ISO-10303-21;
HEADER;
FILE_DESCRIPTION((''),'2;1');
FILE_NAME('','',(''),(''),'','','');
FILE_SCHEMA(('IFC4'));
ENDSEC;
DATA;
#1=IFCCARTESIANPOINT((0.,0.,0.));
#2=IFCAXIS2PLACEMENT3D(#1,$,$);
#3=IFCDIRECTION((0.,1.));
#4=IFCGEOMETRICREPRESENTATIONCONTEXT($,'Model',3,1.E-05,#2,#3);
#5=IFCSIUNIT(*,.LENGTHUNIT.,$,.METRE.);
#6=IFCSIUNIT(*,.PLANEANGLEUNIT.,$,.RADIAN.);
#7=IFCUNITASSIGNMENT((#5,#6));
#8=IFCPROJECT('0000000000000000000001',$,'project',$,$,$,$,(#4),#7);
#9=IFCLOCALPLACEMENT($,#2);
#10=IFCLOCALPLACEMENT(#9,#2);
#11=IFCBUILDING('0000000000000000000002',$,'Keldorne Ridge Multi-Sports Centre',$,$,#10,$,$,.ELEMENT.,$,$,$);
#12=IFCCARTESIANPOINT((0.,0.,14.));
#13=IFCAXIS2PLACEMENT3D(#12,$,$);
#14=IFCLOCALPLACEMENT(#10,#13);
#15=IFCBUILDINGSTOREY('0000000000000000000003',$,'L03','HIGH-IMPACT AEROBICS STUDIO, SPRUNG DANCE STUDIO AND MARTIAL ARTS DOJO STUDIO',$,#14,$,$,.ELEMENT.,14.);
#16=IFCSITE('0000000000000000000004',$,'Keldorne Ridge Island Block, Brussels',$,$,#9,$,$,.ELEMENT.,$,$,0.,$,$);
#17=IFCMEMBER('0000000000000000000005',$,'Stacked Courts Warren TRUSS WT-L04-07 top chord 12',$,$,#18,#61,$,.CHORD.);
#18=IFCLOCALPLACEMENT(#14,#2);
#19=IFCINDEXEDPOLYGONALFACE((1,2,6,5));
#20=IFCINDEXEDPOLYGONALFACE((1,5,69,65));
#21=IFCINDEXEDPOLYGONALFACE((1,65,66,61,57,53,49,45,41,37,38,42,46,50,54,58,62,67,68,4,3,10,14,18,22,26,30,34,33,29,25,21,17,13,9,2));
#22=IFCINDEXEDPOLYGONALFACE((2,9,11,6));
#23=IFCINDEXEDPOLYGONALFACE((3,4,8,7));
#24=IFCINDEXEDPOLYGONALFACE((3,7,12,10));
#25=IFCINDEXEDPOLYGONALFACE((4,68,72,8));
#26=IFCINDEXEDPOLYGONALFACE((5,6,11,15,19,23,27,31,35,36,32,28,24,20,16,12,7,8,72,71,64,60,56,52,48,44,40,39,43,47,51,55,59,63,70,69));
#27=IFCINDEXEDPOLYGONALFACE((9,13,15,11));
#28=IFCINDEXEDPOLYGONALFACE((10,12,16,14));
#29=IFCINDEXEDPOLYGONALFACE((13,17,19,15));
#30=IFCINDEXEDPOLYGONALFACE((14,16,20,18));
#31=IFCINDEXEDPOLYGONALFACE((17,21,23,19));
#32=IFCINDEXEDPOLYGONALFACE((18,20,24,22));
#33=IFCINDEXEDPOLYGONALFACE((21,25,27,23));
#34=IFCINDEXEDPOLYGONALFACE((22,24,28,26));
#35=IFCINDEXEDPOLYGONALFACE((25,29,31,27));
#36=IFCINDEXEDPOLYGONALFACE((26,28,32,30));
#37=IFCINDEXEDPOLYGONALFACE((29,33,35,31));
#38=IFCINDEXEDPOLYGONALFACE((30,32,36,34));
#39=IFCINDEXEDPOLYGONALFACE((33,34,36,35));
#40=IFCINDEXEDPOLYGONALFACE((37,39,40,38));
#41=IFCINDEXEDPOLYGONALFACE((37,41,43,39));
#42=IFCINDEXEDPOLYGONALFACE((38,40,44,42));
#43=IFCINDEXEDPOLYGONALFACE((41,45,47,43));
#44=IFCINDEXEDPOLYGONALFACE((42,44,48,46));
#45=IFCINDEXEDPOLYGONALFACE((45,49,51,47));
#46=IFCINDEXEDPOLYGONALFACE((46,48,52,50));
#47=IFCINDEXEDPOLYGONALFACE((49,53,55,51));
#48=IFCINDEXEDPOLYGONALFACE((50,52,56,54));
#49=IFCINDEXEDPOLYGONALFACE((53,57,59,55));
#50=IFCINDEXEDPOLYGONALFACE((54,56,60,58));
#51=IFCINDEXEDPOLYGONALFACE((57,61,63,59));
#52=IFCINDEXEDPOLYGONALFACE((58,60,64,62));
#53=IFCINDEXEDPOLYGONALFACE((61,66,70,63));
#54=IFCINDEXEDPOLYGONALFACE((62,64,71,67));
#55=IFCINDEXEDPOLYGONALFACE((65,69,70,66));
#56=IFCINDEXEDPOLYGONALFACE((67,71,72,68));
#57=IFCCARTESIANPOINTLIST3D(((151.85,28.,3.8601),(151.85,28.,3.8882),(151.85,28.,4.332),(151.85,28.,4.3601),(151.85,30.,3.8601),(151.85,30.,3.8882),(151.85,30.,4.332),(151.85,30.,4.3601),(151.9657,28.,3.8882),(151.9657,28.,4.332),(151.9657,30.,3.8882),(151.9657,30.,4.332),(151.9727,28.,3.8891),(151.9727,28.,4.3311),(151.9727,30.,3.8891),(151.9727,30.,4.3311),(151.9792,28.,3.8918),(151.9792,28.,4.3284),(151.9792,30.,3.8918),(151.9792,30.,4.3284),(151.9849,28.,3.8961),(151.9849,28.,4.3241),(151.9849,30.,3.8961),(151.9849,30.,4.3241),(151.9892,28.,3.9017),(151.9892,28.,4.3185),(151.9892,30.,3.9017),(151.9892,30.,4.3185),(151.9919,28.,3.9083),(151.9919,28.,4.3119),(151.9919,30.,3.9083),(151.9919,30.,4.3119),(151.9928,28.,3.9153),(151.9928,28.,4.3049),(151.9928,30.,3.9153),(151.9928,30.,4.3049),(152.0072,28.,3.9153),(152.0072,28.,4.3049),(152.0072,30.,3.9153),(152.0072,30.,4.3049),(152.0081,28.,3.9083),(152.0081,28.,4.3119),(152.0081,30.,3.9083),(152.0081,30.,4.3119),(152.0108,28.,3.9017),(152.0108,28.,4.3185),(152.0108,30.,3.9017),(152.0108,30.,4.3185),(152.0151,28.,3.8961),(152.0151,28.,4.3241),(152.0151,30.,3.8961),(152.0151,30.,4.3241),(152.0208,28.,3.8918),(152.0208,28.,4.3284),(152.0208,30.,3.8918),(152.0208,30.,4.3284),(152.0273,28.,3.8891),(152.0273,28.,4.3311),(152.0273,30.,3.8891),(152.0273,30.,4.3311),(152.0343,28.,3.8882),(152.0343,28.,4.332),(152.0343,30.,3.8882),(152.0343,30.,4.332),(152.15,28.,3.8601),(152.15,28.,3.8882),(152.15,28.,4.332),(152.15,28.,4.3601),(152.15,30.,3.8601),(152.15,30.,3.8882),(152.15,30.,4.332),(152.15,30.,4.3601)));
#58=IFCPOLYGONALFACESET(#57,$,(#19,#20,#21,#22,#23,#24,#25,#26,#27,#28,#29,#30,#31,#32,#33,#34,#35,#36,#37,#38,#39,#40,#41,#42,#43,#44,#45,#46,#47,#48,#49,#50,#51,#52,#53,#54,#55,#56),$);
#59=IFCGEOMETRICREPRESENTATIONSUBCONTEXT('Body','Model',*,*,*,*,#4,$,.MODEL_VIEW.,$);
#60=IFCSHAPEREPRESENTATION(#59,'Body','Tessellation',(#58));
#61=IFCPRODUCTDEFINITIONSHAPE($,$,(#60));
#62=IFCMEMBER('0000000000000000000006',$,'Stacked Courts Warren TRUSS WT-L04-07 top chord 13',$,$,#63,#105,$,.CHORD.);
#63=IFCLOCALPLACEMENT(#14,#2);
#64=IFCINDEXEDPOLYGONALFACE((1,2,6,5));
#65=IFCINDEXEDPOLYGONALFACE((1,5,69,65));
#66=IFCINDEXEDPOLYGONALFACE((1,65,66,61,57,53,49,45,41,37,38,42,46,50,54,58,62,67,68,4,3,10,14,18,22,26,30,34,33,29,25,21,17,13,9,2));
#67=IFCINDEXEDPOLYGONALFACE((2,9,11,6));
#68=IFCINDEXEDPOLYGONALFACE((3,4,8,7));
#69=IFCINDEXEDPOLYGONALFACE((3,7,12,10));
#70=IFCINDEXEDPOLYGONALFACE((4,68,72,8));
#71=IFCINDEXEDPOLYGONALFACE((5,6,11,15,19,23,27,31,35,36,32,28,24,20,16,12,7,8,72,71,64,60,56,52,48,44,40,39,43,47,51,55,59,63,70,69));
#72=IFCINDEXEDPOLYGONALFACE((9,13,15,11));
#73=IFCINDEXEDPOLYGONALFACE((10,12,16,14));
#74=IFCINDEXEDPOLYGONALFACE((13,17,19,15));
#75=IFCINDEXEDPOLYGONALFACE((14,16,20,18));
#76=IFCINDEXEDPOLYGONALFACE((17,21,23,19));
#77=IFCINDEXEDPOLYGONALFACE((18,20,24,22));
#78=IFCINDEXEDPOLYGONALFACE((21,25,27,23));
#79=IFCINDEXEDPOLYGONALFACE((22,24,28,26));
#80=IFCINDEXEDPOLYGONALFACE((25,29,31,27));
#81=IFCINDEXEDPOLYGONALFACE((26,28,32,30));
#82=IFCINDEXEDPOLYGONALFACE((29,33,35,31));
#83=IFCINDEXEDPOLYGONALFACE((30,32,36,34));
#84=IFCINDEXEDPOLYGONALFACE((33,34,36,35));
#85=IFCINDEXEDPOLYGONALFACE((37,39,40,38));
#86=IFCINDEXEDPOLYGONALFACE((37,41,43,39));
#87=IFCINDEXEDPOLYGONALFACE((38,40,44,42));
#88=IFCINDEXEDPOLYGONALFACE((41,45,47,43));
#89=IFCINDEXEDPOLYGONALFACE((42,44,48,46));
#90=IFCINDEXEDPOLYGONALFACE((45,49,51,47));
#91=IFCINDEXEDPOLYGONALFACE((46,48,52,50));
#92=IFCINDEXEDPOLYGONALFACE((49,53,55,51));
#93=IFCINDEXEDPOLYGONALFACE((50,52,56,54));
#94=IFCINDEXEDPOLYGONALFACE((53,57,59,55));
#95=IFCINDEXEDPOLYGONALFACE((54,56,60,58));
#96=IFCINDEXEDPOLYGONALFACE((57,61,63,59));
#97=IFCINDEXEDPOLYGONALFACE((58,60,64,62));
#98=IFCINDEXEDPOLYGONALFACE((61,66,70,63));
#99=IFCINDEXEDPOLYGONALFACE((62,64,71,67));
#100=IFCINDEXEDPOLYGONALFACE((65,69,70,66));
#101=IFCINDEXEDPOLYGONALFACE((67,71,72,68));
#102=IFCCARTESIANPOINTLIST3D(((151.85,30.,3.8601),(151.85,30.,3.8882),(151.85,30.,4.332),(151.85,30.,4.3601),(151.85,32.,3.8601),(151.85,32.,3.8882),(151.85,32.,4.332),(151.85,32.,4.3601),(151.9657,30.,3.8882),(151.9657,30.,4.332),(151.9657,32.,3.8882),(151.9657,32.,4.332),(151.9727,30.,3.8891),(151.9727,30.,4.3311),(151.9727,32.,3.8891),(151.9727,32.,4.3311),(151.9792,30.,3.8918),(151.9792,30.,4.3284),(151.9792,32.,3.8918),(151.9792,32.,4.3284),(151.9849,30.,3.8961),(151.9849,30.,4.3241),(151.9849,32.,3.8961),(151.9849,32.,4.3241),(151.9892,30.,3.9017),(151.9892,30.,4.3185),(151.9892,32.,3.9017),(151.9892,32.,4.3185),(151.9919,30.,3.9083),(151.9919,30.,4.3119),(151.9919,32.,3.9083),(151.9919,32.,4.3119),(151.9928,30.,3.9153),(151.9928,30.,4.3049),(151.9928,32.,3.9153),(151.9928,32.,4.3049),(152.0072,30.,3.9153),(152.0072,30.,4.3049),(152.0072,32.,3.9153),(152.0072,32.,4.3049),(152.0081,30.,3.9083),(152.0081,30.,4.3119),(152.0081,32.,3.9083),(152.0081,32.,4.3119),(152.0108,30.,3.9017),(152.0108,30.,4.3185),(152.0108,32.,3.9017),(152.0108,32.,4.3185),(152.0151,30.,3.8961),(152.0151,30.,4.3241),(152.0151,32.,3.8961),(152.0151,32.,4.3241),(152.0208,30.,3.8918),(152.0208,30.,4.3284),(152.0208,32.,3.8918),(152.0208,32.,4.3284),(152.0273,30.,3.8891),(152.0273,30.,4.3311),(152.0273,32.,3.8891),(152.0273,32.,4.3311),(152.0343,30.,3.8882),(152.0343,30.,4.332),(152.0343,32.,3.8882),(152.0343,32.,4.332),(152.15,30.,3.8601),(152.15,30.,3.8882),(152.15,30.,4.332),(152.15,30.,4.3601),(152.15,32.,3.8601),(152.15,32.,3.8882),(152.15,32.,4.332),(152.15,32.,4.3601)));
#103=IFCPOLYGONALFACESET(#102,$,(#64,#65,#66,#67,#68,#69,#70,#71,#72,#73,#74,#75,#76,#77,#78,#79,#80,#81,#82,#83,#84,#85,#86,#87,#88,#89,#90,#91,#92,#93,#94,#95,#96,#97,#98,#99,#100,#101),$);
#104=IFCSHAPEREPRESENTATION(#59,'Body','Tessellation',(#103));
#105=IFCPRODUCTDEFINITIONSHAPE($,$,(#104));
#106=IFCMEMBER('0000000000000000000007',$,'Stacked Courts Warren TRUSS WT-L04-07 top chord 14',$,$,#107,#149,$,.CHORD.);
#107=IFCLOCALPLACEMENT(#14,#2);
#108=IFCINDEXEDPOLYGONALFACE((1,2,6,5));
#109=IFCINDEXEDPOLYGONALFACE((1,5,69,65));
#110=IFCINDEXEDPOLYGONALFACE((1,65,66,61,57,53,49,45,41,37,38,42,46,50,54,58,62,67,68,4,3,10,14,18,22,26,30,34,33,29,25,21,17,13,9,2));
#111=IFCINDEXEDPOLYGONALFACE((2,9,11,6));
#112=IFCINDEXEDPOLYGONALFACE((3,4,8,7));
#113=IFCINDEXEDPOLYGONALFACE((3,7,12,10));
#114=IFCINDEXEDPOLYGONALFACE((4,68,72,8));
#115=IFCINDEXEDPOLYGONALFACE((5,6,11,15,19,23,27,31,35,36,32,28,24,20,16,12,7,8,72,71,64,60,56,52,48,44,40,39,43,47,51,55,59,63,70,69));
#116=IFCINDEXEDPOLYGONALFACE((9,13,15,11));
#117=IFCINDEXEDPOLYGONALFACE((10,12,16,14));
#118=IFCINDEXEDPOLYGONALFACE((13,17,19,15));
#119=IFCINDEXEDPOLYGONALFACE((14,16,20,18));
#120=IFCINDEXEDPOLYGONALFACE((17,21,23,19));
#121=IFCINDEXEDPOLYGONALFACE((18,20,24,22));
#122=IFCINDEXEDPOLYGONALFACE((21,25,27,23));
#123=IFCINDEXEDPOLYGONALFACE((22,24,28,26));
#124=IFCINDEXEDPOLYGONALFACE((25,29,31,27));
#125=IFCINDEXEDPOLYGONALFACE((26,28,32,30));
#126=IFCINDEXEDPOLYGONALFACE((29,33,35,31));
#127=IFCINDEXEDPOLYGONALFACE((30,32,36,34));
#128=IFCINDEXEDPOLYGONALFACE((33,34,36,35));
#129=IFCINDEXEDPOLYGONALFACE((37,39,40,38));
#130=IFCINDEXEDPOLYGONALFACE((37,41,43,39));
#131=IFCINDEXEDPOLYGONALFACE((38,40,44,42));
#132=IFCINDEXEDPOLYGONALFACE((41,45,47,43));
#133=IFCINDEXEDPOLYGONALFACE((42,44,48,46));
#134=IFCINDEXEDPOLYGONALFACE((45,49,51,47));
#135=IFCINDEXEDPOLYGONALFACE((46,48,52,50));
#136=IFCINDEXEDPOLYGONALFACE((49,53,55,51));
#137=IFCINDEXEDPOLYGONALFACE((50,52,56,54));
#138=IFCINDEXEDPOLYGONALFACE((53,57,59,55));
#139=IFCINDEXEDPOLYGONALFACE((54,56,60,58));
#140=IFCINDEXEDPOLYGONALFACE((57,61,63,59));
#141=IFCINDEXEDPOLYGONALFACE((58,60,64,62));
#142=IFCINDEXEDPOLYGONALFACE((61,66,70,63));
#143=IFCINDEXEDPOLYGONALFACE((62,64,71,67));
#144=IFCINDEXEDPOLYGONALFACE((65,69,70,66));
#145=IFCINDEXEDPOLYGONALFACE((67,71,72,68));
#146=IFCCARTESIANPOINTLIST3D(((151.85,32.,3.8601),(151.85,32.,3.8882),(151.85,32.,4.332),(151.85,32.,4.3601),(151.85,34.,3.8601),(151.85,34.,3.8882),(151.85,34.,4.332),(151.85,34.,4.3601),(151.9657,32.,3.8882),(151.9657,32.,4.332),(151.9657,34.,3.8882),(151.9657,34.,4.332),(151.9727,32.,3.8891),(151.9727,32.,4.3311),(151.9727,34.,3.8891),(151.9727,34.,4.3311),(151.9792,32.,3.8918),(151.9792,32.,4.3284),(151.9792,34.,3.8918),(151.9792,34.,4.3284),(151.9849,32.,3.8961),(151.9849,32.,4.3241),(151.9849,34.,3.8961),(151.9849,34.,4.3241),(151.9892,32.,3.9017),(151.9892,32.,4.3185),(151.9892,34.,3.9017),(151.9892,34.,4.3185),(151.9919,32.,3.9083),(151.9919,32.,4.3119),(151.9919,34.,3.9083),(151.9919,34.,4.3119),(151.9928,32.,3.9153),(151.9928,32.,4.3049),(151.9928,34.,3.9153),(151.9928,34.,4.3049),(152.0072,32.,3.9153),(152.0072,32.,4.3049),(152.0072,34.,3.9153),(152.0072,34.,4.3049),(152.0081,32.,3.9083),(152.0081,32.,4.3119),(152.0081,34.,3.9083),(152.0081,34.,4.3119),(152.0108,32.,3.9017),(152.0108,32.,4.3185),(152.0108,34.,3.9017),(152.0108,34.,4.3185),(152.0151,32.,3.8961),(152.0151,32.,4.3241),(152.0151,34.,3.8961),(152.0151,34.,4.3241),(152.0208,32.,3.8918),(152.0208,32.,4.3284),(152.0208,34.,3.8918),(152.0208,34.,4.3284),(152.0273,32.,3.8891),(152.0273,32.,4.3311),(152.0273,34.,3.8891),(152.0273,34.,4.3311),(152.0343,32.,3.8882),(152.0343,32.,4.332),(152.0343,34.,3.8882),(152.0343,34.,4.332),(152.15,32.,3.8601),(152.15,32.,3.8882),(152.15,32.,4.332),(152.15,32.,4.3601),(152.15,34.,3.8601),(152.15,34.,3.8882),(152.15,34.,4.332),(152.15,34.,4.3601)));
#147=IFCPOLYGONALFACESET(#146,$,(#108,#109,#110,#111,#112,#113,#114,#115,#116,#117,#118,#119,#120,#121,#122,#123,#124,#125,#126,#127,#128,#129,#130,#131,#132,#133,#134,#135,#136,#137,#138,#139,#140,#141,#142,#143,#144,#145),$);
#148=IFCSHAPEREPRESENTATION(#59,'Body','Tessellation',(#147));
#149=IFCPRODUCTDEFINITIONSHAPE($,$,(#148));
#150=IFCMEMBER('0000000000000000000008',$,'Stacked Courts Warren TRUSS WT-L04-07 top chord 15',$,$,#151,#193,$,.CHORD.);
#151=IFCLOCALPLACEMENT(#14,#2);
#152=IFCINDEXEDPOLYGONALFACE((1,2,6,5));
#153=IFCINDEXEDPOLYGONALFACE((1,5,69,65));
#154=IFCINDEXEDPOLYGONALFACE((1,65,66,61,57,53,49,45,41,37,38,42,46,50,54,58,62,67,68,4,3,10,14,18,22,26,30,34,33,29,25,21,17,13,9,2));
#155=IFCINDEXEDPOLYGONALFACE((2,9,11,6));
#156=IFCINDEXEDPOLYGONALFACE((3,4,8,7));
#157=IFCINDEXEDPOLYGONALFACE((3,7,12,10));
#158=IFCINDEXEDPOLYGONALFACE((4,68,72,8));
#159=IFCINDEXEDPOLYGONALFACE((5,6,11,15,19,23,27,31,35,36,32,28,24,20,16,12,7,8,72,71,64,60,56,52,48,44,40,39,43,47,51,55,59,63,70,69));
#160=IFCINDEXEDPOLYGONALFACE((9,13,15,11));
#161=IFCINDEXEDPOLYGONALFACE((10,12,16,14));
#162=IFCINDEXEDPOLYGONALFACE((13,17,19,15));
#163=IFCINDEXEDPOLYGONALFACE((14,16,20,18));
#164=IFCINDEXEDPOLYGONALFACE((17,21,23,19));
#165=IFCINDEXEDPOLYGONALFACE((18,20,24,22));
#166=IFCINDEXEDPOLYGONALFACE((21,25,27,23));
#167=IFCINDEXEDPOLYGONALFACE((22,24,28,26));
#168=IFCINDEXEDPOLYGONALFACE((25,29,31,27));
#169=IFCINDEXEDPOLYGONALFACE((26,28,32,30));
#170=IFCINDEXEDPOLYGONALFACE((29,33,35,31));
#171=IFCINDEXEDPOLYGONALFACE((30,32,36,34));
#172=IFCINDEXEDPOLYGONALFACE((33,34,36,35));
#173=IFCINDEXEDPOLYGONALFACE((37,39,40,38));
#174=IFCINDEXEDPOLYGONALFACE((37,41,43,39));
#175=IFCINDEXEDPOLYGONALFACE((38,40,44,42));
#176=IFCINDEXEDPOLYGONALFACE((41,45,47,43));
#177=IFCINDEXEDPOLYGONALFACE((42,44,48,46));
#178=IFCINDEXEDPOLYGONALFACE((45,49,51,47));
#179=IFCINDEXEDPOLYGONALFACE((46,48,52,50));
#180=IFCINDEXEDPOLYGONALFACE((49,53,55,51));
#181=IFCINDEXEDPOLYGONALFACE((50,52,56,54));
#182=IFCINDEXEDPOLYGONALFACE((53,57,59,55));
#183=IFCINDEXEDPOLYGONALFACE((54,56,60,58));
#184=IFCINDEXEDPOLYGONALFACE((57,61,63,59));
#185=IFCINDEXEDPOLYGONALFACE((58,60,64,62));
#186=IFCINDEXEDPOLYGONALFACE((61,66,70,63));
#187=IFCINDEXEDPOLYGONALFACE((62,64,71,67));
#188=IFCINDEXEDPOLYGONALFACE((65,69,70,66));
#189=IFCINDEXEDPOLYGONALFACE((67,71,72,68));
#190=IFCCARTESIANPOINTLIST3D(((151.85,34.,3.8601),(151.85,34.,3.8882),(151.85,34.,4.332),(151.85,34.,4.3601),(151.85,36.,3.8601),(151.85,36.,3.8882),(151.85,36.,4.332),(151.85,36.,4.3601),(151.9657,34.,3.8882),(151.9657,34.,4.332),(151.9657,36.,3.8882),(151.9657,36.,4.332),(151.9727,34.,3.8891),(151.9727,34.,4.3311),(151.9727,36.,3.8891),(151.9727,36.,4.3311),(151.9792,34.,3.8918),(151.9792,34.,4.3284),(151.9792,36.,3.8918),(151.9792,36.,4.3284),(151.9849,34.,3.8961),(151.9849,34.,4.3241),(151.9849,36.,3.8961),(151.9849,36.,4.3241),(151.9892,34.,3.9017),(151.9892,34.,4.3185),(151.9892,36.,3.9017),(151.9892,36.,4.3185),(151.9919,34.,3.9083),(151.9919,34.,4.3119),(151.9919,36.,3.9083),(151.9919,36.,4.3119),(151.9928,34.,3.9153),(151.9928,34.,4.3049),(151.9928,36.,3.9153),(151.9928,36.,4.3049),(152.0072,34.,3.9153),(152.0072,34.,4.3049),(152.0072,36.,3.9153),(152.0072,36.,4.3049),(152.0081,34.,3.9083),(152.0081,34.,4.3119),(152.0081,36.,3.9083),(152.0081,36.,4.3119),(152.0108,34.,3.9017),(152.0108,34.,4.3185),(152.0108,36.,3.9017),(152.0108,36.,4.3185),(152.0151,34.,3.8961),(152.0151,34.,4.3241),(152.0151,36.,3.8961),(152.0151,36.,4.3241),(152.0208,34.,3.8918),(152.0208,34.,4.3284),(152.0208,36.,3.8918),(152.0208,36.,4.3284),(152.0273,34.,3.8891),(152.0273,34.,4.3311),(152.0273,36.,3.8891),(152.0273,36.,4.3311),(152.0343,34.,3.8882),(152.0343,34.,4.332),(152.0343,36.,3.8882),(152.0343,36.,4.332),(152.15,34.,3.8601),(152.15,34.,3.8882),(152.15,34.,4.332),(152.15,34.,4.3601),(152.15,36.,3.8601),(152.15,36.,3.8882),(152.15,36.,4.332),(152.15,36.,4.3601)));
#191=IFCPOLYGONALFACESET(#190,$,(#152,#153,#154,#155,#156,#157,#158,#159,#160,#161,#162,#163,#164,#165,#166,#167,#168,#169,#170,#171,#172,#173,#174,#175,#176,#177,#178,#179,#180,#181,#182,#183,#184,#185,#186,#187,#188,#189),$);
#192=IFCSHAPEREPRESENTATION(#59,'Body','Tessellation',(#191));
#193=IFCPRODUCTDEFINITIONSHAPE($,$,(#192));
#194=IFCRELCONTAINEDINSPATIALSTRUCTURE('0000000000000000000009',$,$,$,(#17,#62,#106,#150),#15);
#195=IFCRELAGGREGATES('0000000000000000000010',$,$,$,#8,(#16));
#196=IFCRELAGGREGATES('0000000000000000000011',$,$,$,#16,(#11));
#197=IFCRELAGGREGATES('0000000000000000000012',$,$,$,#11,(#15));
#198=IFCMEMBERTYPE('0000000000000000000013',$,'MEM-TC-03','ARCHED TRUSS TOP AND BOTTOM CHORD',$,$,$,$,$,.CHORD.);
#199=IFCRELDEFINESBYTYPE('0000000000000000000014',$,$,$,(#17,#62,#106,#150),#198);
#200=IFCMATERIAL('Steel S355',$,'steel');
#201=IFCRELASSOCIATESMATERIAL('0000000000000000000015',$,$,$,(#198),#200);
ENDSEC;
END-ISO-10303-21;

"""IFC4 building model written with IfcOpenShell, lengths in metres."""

from ifc_helpers import new_model, si_unit, direction, frame, origin, origin_2d, place, context, subcontext, project, spatial, i_section, extrude, material, material_profile, profile_set, type_object, element, save


model = new_model("IFC4")

# Units and contexts
model_context = context("Model", 3, precision=1e-05, world=origin(), true_north=direction((0.0, 1.0)))
body_context = subcontext(model_context, "Body", "Model", "MODEL_VIEW")
ifc_project = project(units=[si_unit("LENGTHUNIT", "METRE"), si_unit("PLANEANGLEUNIT", "RADIAN")], contexts=[model_context])

# Site, building, storey
site_placement = place(None, origin())
site = spatial("IfcSite", under=ifc_project, at=site_placement, Name="Keldorne Ridge Island Block, Brussels", CompositionType="ELEMENT", RefElevation=0.0)
building_placement = place(site_placement, origin())
building = spatial("IfcBuilding", under=site, at=building_placement, Name="Keldorne Ridge Multi-Sports Centre", CompositionType="ELEMENT")
storey_placement = place(building_placement, frame((0.0, 0.0, 14.0)))
storey = spatial("IfcBuildingStorey", under=building, at=storey_placement, Name="L03", Description="HIGH-IMPACT AEROBICS STUDIO, SPRUNG DANCE STUDIO AND MARTIAL ARTS DOJO STUDIO", CompositionType="ELEMENT", Elevation=14.0)

# Members
ifc_material = material(Name="Steel S355", Category="steel")
ifc_material_profile_1 = material_profile(ifc_material, i_section(OverallWidth=0.3, OverallDepth=0.5, WebThickness=0.0144, FlangeThickness=0.0281, FilletRadius=0.0271, at=origin_2d()), Name="HEB 500")
ifc_profile_set_1 = profile_set([ifc_material_profile_1], Name="Steel S355")
member_type_1 = type_object("IfcMemberType", Name="MEM-TC-03", Description="ARCHED TRUSS TOP AND BOTTOM CHORD", PredefinedType="CHORD", material=ifc_profile_set_1)
for number, where, z_axis, x_axis, name in (
    (1, (152.0, 28.0, 4.1101), (0.0, 1.0, 0.0), (-1.0, 0.0, 0.0), "Stacked Courts Warren TRUSS WT-L04-07 top chord 12"),
    (2, (152.0, 30.0, 4.1101), (0.0, 1.0, 0.0), (-1.0, 0.0, 0.0), "Stacked Courts Warren TRUSS WT-L04-07 top chord 13"),
    (3, (152.0, 32.0, 4.1101), (0.0, 1.0, 0.0), (-1.0, 0.0, 0.0), "Stacked Courts Warren TRUSS WT-L04-07 top chord 14"),
    (4, (152.0, 34.0, 4.1101), (0.0, 1.0, 0.0), (-1.0, 0.0, 0.0), "Stacked Courts Warren TRUSS WT-L04-07 top chord 15"),
):
    element("IfcMember", number, at=place(storey_placement, frame(where, z_axis=z_axis, x_axis=x_axis)), inside=storey, type_object=member_type_1, Name=name, PredefinedType="CHORD", context=body_context, shape_type="SweptSolid", body=[
        extrude(i_section(OverallWidth=0.3, OverallDepth=0.5, WebThickness=0.0144, FlangeThickness=0.0281, FilletRadius=0.0271, at=origin_2d()), origin(), (0.0, 0.0, 1.0), 2.0),
    ])

save(model, "model.ifc")
